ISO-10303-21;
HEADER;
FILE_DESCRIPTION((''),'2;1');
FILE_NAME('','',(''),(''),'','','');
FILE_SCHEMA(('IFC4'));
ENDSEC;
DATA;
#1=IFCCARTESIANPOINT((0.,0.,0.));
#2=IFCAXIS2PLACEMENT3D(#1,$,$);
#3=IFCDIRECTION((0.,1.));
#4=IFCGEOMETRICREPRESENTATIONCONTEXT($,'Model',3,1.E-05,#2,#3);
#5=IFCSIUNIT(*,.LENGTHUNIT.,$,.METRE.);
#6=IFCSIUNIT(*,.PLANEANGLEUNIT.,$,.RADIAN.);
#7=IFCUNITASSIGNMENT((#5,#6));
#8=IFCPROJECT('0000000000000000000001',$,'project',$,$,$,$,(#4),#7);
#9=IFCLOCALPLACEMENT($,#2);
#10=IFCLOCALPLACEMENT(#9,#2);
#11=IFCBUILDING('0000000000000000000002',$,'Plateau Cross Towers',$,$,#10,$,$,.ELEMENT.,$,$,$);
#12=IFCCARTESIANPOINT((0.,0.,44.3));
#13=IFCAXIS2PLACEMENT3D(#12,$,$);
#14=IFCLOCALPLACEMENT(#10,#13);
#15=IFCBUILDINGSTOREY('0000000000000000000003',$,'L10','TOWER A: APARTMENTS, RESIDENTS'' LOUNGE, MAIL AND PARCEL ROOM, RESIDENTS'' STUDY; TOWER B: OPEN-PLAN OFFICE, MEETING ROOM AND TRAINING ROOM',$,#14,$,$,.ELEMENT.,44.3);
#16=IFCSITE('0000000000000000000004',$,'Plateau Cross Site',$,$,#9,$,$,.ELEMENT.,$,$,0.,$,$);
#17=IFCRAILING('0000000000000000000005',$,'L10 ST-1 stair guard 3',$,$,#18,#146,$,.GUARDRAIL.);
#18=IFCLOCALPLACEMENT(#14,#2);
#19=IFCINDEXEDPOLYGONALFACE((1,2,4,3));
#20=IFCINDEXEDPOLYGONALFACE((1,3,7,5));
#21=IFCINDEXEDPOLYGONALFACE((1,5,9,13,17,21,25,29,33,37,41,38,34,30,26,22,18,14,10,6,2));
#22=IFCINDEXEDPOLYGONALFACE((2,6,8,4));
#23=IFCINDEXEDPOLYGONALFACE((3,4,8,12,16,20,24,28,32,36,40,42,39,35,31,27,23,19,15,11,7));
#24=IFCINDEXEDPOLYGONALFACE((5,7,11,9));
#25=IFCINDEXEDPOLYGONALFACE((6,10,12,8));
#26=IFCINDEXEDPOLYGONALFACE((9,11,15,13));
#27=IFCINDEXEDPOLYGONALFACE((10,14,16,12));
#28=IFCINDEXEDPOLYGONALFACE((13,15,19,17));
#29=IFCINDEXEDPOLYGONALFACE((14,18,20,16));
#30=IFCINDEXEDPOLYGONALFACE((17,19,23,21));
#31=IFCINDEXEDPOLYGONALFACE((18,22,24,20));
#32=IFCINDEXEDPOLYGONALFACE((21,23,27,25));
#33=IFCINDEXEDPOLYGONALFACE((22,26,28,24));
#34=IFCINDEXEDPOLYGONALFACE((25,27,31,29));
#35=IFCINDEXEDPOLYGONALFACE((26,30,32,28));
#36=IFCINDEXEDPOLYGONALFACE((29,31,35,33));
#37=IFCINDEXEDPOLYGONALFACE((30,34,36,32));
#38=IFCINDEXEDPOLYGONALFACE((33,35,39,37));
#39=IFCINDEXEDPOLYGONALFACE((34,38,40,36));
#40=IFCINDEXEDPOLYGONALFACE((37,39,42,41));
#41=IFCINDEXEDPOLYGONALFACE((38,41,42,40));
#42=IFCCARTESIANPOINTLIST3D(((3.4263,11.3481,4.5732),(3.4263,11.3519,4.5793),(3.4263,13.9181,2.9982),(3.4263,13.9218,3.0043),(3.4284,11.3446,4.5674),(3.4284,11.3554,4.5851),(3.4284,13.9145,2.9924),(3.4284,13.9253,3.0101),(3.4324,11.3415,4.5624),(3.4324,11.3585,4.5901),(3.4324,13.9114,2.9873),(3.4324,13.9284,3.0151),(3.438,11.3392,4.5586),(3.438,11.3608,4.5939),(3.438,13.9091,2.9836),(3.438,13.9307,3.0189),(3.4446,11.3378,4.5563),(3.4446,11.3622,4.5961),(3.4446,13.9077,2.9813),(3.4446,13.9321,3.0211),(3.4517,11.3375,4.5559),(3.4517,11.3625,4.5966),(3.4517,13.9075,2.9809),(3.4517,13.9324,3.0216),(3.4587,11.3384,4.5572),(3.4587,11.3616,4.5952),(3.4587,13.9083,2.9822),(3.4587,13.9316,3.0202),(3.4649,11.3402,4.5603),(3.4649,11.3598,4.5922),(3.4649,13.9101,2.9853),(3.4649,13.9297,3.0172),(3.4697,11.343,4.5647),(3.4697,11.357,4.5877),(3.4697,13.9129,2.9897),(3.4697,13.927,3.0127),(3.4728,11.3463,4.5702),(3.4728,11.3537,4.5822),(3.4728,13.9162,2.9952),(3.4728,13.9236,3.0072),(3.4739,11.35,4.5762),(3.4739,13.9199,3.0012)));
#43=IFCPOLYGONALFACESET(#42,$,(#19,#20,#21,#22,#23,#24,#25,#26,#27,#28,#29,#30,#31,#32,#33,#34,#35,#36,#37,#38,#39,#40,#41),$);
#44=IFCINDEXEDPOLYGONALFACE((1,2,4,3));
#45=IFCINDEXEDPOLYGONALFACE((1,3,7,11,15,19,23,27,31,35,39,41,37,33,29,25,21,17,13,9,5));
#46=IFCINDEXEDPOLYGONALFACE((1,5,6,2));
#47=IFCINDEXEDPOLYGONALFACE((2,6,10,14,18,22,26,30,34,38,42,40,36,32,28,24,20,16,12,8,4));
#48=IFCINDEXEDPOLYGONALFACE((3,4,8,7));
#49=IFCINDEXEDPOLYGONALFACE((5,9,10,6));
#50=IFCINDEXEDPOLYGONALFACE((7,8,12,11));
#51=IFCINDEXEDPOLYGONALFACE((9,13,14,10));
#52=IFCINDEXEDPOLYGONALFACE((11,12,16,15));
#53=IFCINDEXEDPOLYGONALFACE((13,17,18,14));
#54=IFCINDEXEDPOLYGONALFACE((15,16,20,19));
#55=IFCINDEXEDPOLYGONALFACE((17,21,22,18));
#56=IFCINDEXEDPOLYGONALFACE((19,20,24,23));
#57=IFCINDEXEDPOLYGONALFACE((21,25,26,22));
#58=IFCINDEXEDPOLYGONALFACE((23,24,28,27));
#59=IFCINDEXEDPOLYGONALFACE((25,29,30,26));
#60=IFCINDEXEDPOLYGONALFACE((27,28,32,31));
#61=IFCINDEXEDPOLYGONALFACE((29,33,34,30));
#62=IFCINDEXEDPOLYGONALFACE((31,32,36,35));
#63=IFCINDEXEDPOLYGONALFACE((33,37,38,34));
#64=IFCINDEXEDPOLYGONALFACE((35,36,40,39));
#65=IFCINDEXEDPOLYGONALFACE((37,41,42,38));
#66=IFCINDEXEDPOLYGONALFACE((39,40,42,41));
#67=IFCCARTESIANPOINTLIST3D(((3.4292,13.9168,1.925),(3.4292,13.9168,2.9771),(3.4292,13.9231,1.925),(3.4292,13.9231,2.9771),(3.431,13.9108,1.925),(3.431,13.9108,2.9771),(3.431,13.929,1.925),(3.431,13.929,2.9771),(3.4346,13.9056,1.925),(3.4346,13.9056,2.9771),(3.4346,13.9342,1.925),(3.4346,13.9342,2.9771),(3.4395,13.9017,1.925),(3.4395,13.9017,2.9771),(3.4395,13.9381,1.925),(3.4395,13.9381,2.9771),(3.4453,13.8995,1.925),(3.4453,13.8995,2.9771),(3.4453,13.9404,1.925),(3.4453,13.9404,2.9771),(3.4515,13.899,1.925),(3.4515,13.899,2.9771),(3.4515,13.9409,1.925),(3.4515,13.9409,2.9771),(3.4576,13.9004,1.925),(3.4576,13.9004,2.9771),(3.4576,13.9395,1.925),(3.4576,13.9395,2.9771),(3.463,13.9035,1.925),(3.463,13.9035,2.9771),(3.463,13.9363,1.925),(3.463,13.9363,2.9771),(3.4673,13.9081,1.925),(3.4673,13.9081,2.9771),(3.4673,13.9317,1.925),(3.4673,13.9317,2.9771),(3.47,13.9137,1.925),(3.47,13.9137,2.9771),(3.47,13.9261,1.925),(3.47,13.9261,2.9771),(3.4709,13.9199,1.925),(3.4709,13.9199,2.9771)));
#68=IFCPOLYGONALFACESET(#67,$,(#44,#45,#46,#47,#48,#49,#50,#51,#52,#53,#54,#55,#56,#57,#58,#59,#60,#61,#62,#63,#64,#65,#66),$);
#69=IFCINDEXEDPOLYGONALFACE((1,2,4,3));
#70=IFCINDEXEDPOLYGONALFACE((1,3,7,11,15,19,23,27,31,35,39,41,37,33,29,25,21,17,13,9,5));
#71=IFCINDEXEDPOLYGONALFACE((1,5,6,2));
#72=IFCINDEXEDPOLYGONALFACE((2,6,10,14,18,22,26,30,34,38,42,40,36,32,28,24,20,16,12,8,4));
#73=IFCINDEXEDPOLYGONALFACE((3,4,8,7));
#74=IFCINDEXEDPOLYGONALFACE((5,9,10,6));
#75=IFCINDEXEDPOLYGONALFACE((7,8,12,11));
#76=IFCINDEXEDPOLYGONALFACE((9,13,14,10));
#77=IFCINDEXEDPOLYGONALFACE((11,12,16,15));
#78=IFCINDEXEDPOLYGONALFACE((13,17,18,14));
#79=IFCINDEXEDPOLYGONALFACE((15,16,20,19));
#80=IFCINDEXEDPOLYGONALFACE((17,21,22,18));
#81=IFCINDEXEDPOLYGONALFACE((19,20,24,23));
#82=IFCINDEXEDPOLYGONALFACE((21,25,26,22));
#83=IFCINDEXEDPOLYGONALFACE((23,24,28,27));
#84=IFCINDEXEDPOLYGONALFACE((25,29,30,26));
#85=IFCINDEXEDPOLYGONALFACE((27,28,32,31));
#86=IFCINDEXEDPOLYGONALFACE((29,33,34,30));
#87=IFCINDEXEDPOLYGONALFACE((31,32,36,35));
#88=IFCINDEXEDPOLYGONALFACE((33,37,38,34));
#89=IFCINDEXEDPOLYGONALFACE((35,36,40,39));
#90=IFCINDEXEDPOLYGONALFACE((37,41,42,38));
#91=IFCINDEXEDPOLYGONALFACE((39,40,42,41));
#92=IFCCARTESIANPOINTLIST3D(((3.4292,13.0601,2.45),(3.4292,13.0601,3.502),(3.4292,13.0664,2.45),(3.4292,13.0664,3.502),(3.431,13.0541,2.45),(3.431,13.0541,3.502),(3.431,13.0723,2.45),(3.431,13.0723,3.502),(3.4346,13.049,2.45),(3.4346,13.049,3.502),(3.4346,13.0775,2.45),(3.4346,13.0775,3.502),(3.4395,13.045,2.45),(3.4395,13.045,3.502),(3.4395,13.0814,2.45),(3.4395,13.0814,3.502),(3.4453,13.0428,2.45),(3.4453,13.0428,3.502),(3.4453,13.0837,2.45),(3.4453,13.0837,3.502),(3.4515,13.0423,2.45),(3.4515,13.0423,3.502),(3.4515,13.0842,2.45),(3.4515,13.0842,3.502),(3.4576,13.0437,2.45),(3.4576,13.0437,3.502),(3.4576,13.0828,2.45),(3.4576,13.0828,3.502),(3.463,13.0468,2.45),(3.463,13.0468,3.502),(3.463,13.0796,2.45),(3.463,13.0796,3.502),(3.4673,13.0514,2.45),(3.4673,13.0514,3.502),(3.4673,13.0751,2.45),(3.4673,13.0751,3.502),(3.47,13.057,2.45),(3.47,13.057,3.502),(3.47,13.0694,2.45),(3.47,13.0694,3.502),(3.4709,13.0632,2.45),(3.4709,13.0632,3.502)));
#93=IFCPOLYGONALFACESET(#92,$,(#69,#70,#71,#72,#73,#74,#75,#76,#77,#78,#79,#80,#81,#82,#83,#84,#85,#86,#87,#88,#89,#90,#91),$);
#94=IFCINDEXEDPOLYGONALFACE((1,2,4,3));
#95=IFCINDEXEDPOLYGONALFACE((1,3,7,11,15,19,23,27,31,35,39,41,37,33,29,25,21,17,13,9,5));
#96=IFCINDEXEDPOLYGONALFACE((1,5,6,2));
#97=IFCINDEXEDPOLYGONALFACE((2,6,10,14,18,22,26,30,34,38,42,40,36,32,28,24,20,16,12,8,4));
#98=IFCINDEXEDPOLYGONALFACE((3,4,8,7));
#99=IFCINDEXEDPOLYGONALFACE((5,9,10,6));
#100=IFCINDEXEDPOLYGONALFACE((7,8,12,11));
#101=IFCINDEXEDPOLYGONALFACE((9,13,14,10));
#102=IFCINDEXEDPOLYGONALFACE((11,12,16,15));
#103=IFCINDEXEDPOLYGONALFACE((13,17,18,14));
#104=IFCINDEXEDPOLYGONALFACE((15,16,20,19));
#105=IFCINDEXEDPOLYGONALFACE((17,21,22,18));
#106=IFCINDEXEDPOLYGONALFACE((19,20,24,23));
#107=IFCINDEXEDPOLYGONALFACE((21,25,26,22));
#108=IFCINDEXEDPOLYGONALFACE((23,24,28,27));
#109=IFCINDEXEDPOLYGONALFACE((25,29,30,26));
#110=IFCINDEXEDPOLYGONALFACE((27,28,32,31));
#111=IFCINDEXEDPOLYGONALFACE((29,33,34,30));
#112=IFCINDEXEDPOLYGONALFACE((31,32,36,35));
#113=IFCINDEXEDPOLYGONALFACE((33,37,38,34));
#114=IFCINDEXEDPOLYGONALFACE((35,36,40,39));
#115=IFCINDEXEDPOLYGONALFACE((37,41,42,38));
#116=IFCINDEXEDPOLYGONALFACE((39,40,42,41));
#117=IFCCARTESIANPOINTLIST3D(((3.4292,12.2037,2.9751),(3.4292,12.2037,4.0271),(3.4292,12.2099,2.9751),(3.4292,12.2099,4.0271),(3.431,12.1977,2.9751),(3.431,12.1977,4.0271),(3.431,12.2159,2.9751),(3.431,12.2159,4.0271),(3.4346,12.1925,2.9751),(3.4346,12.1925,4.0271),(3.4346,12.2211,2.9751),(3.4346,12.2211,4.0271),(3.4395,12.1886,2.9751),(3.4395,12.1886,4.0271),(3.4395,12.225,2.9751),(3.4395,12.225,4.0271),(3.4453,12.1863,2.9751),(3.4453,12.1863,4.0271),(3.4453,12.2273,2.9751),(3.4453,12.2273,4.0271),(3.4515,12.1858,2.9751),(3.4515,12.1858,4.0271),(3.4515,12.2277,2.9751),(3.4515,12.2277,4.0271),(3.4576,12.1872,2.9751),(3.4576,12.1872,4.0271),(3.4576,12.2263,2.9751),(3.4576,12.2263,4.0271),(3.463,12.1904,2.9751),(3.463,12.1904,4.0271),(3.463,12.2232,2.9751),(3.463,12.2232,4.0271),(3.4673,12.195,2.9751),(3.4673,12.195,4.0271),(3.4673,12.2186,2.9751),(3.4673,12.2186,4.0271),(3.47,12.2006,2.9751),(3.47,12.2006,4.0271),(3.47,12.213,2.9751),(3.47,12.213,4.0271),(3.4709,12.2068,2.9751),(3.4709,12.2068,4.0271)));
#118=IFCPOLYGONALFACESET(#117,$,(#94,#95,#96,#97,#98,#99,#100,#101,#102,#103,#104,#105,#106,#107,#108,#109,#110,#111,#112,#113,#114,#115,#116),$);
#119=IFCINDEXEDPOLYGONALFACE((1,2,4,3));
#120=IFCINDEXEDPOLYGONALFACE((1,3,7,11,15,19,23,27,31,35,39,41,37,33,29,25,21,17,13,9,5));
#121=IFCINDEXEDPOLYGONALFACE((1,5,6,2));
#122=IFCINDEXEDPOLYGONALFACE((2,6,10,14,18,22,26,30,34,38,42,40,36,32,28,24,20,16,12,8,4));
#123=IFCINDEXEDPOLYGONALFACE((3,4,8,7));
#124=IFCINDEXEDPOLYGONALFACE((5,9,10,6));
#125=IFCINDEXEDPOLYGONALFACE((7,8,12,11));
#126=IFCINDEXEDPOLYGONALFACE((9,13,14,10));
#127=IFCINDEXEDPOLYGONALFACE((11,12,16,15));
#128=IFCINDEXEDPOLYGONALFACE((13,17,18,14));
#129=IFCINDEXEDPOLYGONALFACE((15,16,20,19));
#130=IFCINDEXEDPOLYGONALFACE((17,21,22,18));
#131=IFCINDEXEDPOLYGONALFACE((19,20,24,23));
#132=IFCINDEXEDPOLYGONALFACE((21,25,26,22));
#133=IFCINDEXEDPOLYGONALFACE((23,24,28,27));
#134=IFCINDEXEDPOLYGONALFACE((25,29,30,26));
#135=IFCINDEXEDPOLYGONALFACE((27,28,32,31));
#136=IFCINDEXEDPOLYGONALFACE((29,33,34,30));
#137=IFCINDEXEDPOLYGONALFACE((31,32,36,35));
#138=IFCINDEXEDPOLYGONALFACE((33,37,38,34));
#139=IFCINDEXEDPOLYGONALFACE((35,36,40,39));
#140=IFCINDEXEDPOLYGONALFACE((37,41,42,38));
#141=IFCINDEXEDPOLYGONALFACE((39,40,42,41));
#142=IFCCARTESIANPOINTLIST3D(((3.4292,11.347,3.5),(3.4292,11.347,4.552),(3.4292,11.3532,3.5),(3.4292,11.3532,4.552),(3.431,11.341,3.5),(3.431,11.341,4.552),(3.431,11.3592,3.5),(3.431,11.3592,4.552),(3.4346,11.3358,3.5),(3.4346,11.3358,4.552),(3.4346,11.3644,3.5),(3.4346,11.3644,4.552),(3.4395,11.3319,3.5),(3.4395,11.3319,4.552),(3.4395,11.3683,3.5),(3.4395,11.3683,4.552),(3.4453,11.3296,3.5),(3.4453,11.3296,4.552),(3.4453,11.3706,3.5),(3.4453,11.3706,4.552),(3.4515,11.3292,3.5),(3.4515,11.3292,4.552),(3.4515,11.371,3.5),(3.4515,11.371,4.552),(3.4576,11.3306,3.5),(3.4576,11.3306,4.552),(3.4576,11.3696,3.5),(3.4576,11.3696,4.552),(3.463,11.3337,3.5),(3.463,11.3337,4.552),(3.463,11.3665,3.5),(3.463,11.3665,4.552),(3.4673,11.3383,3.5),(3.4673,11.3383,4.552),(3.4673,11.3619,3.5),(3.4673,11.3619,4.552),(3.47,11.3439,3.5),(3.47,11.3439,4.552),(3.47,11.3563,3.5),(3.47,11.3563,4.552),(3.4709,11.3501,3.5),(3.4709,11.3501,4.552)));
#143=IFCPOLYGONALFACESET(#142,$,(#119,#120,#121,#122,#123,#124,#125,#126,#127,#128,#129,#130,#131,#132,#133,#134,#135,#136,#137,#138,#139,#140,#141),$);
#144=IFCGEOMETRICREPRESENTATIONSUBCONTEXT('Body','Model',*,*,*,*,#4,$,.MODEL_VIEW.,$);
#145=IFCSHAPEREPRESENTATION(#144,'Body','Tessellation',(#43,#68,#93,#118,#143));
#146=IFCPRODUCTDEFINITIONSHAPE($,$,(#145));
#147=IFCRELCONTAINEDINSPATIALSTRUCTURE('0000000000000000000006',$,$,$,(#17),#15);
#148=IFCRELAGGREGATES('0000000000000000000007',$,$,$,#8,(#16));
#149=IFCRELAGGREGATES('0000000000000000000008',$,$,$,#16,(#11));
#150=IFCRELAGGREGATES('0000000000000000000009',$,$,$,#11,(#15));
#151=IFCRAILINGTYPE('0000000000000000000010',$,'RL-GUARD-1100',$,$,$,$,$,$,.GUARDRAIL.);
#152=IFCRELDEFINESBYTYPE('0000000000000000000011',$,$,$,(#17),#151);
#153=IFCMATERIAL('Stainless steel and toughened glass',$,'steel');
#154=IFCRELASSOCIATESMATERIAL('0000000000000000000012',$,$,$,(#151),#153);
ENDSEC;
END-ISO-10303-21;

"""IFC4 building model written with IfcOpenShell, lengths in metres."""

from ifc_helpers import new_model, si_unit, direction, frame, origin, origin_2d, place, context, subcontext, project, spatial, circle, extrude, material, type_object, element, save


model = new_model("IFC4")

# Units and contexts
model_context = context("Model", 3, precision=1e-05, world=origin(), true_north=direction((0.0, 1.0)))
body_context = subcontext(model_context, "Body", "Model", "MODEL_VIEW")
ifc_project = project(units=[si_unit("LENGTHUNIT", "METRE"), si_unit("PLANEANGLEUNIT", "RADIAN")], contexts=[model_context])

# Site, building, storey
site_placement = place(None, origin())
site = spatial("IfcSite", under=ifc_project, at=site_placement, Name="Plateau Cross Site", CompositionType="ELEMENT", RefElevation=0.0)
building_placement = place(site_placement, origin())
building = spatial("IfcBuilding", under=site, at=building_placement, Name="Plateau Cross Towers", CompositionType="ELEMENT")
storey_placement = place(building_placement, frame((0.0, 0.0, 44.3)))
storey = spatial("IfcBuildingStorey", under=building, at=storey_placement, Name="L10", Description="TOWER A: APARTMENTS, RESIDENTS' LOUNGE, MAIL AND PARCEL ROOM, RESIDENTS' STUDY; TOWER B: OPEN-PLAN OFFICE, MEETING ROOM AND TRAINING ROOM", CompositionType="ELEMENT", Elevation=44.3)

# Railing
ifc_material_1 = material(Name="Stainless steel and toughened glass", Category="steel")
railing_type_1 = type_object("IfcRailingType", Name="RL-GUARD-1100", PredefinedType="GUARDRAIL", material=ifc_material_1)
railing_1_placement = place(storey_placement, frame((3.45, 13.9199, 1.925)))
element("IfcRailing", 1, at=railing_1_placement, inside=storey, type_object=railing_type_1, Name="L10 ST-1 stair guard 3", PredefinedType="GUARDRAIL", context=body_context, shape_type="SweptSolid", body=[
    extrude(circle(Radius=0.0239, at=origin_2d()), frame((0.0, 0.0, 1.0762), z_axis=(0.0, -0.852616, 0.522537), x_axis=(1.0, 0.0, 0.0)), (0.0, 0.0, 1.0), 3.0142),
    extrude(circle(Radius=0.021, at=origin_2d()), origin(), (0.0, 0.0, 1.0), 1.052),
    extrude(circle(Radius=0.021, at=origin_2d()), frame((0.0, -0.8567, 0.5249)), (0.0, 0.0, 1.0), 1.052),
    extrude(circle(Radius=0.021, at=origin_2d()), frame((0.0, -1.7131, 1.05)), (0.0, 0.0, 1.0), 1.052),
    extrude(circle(Radius=0.021, at=origin_2d()), frame((0.0, -2.5698, 1.575)), (0.0, 0.0, 1.0), 1.052),
])

save(model, "model.ifc")
